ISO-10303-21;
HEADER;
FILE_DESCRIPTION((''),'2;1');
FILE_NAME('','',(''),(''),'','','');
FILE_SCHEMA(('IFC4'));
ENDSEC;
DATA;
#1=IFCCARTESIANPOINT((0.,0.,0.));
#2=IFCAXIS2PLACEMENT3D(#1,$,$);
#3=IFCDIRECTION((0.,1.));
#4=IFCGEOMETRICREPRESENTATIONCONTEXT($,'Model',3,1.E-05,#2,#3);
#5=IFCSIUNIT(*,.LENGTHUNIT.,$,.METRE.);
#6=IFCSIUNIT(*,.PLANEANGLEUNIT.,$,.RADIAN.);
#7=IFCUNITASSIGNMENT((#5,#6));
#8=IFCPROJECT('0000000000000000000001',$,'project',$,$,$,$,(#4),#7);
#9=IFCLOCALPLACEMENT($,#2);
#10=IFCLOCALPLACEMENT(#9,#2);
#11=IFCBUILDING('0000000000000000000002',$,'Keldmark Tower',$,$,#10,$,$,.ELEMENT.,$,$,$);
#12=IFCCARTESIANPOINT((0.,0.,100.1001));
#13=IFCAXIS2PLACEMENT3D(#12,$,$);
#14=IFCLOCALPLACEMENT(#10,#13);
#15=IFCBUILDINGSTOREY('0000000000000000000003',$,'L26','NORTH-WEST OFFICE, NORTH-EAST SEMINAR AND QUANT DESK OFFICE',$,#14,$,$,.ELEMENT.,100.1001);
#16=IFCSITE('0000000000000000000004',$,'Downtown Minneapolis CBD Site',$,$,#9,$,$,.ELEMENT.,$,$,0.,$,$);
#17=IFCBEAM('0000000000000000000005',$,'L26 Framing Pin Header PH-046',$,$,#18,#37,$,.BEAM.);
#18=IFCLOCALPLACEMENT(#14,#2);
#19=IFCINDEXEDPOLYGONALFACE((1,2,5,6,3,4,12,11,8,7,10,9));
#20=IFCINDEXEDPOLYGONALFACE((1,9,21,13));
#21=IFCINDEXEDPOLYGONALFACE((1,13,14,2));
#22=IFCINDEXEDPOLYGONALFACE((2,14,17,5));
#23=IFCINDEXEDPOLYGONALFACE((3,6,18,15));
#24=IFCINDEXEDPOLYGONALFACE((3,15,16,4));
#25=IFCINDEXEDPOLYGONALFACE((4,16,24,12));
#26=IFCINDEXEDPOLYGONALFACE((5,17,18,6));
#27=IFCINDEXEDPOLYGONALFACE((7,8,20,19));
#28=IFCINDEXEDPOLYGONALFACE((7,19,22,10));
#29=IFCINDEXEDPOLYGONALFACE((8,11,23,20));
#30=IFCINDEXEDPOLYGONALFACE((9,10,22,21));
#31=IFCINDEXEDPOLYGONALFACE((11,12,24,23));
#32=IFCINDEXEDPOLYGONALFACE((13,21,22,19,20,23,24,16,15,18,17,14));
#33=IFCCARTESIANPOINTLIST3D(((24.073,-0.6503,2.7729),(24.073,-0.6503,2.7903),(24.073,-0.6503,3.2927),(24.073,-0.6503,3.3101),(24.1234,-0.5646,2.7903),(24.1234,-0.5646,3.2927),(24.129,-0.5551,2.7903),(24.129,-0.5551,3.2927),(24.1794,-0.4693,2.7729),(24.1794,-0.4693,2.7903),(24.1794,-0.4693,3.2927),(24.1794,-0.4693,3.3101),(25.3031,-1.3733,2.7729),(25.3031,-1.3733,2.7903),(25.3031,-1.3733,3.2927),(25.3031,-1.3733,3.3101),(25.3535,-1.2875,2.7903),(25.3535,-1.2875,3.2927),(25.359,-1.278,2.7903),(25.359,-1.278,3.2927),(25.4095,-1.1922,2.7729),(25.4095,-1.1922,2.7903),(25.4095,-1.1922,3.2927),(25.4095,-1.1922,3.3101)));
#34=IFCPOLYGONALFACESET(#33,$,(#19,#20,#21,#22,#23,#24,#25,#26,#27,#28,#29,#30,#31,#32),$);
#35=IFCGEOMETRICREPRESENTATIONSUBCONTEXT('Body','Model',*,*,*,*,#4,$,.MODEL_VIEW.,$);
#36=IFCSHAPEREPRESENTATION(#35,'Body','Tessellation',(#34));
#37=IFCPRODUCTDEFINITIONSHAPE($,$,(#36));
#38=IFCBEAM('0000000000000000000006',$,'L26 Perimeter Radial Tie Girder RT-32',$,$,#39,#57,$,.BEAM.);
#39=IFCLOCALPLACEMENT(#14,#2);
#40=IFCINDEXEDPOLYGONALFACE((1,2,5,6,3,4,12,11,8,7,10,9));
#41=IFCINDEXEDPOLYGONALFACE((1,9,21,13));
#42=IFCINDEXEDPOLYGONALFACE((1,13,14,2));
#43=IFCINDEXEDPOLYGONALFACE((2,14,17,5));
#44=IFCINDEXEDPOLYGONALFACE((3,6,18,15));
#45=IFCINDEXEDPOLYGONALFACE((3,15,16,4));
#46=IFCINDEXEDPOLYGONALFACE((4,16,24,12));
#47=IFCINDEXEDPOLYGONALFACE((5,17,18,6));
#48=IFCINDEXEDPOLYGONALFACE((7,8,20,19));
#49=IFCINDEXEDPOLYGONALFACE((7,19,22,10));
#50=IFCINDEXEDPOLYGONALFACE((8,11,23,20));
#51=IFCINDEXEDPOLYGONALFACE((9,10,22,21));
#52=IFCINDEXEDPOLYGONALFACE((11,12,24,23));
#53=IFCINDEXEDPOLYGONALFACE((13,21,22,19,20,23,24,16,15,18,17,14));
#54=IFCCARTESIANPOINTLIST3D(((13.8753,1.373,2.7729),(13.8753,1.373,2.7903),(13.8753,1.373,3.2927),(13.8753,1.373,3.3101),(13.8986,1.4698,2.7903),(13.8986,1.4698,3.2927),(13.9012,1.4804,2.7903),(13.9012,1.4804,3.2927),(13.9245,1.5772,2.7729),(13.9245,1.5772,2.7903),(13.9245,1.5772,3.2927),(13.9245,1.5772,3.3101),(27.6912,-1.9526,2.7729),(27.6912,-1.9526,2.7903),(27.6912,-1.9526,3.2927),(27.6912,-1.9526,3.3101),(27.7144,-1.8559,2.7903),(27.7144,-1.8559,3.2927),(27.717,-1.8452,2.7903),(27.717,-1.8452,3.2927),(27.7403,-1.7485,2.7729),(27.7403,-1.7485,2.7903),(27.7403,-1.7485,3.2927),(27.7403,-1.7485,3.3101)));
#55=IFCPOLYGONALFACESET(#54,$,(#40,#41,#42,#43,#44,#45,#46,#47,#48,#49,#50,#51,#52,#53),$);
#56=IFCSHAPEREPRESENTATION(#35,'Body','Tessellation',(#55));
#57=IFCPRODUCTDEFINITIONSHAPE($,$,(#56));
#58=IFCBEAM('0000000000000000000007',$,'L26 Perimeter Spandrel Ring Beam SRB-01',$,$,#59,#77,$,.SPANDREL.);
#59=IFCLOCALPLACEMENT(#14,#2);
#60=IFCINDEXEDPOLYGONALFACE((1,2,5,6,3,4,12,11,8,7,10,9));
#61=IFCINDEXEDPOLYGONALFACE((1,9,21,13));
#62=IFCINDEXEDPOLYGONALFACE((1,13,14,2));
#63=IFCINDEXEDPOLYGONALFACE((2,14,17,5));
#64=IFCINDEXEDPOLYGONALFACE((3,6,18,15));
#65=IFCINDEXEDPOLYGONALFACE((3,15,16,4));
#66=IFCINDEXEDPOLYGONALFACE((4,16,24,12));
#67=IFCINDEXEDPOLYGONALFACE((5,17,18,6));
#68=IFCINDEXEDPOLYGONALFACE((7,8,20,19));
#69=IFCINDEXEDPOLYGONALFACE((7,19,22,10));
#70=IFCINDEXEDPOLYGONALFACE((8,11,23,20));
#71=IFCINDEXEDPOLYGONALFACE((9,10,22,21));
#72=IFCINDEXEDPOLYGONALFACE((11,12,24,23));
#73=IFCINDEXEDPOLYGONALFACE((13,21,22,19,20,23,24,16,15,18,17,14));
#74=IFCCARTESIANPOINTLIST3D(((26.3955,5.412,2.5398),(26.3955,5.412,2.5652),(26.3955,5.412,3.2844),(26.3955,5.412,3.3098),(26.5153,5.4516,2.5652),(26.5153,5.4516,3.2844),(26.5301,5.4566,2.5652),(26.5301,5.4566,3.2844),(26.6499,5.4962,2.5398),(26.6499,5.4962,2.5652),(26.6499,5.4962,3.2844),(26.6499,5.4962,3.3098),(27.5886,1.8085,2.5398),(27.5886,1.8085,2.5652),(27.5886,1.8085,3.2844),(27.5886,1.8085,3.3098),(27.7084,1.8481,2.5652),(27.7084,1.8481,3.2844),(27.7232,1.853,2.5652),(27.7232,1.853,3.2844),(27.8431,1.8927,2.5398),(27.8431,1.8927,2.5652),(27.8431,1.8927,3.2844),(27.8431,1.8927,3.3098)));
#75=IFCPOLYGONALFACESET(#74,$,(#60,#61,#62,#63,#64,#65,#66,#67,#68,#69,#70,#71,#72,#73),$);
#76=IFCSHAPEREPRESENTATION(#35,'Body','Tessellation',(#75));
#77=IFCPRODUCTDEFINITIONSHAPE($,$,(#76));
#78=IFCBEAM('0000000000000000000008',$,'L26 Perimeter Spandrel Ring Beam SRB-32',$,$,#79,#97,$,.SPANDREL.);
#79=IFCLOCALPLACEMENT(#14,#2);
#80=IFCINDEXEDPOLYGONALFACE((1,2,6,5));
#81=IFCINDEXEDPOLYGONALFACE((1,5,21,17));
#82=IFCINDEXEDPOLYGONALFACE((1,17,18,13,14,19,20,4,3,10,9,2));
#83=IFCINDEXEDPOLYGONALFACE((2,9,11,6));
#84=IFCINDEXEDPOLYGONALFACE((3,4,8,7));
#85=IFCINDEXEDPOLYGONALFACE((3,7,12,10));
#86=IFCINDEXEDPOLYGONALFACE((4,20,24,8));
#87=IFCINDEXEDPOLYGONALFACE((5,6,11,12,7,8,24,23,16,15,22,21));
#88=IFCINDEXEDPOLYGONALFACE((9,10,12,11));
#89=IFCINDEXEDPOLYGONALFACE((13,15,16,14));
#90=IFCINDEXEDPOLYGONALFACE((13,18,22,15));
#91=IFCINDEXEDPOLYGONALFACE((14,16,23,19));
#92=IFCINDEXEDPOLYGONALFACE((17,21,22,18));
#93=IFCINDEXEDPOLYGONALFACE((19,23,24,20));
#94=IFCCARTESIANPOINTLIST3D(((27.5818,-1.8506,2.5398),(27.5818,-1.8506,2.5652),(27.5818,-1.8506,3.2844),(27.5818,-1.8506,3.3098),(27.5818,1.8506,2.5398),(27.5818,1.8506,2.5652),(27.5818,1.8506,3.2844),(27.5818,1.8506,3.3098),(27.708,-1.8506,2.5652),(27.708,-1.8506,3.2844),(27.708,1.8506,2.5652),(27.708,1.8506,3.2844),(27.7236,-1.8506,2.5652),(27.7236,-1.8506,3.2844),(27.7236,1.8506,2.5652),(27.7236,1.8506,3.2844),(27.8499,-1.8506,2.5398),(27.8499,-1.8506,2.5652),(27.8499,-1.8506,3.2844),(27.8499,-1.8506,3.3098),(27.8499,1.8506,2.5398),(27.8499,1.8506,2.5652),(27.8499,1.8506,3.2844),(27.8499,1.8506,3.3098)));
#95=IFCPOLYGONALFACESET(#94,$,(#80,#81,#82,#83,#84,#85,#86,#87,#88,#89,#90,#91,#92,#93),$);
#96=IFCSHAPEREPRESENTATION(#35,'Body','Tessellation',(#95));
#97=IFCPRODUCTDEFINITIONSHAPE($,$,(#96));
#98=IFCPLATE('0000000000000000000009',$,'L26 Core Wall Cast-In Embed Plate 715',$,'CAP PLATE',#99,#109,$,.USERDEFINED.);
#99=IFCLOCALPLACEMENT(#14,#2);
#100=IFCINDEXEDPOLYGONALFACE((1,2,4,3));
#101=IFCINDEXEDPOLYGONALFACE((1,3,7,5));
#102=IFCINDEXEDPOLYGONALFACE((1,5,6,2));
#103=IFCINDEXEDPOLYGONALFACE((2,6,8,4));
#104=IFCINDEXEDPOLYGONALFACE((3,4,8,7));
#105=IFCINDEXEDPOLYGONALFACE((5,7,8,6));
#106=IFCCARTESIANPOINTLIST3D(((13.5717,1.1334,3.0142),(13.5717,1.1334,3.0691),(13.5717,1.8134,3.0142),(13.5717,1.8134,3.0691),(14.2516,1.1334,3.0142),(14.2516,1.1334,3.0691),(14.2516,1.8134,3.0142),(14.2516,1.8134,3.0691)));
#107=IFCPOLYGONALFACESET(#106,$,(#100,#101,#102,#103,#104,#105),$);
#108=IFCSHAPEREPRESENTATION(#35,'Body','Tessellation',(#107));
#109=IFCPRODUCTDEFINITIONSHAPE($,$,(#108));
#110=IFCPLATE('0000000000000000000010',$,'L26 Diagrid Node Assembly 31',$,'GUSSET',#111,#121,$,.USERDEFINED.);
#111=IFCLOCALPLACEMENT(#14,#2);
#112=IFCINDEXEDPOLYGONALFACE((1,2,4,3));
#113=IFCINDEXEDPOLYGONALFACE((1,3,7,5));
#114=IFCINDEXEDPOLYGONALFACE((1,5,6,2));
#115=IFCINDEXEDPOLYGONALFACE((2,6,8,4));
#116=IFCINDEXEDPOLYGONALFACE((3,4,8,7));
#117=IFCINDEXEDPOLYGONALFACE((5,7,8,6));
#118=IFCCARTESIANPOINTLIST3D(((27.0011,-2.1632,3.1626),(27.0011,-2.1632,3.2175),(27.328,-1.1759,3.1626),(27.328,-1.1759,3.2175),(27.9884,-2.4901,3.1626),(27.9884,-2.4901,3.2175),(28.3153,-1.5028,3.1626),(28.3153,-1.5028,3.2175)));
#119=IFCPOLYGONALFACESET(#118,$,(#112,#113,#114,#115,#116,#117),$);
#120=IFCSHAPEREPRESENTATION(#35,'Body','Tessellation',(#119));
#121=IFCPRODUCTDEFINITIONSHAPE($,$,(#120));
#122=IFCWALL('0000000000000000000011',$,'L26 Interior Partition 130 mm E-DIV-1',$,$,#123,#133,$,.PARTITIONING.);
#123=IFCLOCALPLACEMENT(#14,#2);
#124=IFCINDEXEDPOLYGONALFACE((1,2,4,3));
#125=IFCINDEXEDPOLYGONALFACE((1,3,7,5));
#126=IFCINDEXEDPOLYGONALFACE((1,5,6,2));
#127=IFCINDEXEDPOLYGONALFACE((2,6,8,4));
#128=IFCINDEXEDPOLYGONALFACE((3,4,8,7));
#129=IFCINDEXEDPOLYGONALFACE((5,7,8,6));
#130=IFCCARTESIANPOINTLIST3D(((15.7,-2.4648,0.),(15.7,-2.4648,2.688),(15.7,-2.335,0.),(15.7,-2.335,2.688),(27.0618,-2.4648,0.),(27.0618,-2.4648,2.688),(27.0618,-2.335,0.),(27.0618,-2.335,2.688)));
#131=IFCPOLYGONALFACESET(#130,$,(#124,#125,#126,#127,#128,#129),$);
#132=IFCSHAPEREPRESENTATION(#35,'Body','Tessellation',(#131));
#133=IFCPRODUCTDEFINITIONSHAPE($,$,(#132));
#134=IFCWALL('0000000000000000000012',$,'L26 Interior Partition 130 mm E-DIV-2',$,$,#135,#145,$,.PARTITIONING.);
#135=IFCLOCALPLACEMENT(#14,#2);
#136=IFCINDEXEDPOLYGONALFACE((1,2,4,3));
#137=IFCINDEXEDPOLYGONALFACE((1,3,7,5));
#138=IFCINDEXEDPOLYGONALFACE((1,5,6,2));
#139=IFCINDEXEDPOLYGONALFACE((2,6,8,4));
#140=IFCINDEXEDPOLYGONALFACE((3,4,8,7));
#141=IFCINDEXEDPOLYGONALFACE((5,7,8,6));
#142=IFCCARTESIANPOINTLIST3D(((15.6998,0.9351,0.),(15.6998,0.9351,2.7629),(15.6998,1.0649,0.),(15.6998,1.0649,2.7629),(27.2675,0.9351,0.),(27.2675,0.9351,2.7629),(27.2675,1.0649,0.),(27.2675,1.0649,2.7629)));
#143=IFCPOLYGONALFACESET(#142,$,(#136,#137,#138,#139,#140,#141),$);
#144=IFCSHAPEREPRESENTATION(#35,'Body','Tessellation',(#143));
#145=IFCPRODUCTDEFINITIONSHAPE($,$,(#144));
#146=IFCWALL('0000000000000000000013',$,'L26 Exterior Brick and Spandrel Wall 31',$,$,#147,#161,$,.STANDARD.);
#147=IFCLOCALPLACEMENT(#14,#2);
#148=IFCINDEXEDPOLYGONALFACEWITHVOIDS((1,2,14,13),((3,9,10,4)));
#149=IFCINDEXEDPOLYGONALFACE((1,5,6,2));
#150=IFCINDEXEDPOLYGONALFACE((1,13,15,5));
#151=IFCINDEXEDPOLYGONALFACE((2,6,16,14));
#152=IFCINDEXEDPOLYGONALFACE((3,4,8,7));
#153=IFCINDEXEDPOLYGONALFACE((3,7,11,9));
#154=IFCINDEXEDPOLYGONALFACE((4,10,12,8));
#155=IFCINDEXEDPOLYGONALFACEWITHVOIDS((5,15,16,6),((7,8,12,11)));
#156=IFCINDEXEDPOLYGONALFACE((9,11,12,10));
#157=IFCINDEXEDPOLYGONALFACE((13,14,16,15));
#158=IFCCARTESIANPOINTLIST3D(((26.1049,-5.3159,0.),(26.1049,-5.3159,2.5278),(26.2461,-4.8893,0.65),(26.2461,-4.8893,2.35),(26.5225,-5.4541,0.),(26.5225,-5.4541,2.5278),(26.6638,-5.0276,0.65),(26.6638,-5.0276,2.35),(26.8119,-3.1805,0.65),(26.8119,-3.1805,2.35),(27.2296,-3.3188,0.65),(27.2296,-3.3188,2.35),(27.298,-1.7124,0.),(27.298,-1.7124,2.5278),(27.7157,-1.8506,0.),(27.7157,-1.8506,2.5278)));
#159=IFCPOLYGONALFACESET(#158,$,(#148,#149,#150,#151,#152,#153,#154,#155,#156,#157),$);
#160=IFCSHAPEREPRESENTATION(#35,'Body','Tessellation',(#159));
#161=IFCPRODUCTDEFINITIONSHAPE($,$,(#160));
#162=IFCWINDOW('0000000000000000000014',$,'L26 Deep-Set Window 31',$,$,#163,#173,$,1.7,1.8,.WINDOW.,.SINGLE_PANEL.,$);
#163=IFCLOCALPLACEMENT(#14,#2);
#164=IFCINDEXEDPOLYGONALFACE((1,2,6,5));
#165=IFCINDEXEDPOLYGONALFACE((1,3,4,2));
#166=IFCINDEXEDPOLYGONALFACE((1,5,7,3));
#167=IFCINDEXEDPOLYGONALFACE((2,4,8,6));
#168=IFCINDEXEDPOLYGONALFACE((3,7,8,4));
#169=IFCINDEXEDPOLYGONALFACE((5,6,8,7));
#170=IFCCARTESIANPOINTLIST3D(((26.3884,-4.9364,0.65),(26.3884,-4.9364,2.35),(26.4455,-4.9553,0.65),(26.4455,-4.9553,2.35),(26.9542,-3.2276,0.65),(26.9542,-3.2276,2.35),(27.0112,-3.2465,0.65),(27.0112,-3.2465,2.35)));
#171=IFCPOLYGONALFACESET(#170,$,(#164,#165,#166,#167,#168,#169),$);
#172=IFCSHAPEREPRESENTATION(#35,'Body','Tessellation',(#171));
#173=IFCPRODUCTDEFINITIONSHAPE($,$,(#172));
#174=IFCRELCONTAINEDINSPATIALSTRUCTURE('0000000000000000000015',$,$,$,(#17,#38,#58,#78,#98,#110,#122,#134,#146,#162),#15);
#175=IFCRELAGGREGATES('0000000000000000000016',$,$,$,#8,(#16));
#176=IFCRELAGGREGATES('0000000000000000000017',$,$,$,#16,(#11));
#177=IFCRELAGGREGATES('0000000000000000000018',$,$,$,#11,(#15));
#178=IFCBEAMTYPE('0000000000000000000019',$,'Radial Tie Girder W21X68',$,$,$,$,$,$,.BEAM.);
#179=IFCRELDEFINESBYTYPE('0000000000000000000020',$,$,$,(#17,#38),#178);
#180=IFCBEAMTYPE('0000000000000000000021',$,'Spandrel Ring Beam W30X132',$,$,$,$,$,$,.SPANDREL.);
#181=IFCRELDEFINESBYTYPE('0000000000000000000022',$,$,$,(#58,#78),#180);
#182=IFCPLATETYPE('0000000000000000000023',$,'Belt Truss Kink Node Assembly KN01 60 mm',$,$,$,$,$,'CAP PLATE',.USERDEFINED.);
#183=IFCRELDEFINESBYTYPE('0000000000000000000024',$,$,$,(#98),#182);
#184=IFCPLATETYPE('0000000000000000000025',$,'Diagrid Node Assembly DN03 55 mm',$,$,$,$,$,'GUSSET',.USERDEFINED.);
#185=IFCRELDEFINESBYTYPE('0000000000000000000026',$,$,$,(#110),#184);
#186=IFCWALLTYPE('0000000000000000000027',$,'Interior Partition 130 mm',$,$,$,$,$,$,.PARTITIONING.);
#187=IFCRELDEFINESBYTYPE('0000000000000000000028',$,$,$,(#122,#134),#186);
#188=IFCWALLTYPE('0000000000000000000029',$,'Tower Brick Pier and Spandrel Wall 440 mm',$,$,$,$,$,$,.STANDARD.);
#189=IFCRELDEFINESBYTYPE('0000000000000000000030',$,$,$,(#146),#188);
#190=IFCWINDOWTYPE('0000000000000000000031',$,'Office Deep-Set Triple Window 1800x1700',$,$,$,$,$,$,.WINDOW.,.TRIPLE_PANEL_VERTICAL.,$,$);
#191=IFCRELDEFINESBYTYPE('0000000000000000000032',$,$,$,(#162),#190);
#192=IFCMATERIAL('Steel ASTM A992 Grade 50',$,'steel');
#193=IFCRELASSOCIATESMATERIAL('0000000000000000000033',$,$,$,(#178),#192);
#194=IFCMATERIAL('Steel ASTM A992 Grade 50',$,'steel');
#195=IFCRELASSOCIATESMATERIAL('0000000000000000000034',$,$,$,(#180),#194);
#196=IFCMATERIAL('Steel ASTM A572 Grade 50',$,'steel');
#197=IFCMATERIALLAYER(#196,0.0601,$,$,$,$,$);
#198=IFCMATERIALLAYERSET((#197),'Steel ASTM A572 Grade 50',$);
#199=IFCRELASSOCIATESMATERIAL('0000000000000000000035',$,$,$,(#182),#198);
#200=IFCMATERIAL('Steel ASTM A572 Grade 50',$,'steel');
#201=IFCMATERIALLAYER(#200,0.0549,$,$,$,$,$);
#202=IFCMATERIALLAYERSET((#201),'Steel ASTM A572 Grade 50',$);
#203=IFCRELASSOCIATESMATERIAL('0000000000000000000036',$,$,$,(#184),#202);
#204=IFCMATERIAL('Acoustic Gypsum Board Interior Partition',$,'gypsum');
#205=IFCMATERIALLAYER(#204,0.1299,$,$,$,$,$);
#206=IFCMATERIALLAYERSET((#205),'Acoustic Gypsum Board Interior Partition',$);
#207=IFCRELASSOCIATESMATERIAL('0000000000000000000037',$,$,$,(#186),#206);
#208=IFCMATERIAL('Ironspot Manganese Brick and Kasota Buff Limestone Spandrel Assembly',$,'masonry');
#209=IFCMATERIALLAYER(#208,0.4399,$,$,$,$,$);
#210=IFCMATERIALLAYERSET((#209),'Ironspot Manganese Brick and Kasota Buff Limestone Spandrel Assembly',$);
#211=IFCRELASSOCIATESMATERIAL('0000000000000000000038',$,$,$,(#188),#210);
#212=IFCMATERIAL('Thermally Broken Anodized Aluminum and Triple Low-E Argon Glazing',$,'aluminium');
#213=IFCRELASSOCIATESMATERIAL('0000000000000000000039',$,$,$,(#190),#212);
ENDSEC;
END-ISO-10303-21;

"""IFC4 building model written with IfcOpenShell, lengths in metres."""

from ifc_helpers import new_model, si_unit, direction, frame, frame_2d, origin, origin_2d, place, context, subcontext, project, spatial, rectangle, i_section, extrude, material, layer, layer_set, material_profile, profile_set, type_object, element, fill, save


model = new_model("IFC4")

# Units and contexts
model_context = context("Model", 3, precision=1e-05, world=origin(), true_north=direction((0.0, 1.0)))
body_context = subcontext(model_context, "Body", "Model", "MODEL_VIEW")
ifc_project = project(units=[si_unit("LENGTHUNIT", "METRE"), si_unit("PLANEANGLEUNIT", "RADIAN")], contexts=[model_context])

# Site, building, storey
site_placement = place(None, origin())
site = spatial("IfcSite", under=ifc_project, at=site_placement, Name="Downtown Minneapolis CBD Site", CompositionType="ELEMENT", RefElevation=0.0)
building_placement = place(site_placement, origin())
building = spatial("IfcBuilding", under=site, at=building_placement, Name="Keldmark Tower", CompositionType="ELEMENT")
storey_placement = place(building_placement, frame((0.0, 0.0, 100.1001)))
storey = spatial("IfcBuildingStorey", under=building, at=storey_placement, Name="L26", Description="NORTH-WEST OFFICE, NORTH-EAST SEMINAR AND QUANT DESK OFFICE", CompositionType="ELEMENT", Elevation=100.1001)

# Beams
ifc_material_1 = material(Name="Steel ASTM A992 Grade 50", Category="steel")
ifc_material_profile_1 = material_profile(ifc_material_1, i_section(OverallWidth=0.21, OverallDepth=0.5371, WebThickness=0.011, FlangeThickness=0.0173, at=origin_2d()), Name="W21X68")
ifc_profile_set_1 = profile_set([ifc_material_profile_1], Name="Steel ASTM A992 Grade 50")
beam_type_1 = type_object("IfcBeamType", Name="Radial Tie Girder W21X68", PredefinedType="BEAM", material=ifc_profile_set_1)
beam_1_placement = place(storey_placement, frame((24.1262, -0.5598, 3.0415), z_axis=(0.862123, -0.506699, 0.0), x_axis=(0.506699, 0.862123, 0.0)))
element("IfcBeam", 1, at=beam_1_placement, inside=storey, type_object=beam_type_1, Name="L26 Framing Pin Header PH-046", PredefinedType="BEAM", context=body_context, shape_type="SweptSolid", body=[
    extrude(i_section(OverallWidth=0.21, OverallDepth=0.5371, WebThickness=0.011, FlangeThickness=0.0173, at=origin_2d()), origin(), (0.0, 0.0, 1.0), 1.4268),
])
beam_2_placement = place(storey_placement, frame((13.8999, 1.4751, 3.0415), z_axis=(0.97223, -0.234029, 0.0), x_axis=(0.234029, 0.97223, 0.0)))
element("IfcBeam", 2, at=beam_2_placement, inside=storey, type_object=beam_type_1, Name="L26 Perimeter Radial Tie Girder RT-32", PredefinedType="BEAM", context=body_context, shape_type="SweptSolid", body=[
    extrude(i_section(OverallWidth=0.21, OverallDepth=0.5371, WebThickness=0.011, FlangeThickness=0.0173, at=origin_2d()), origin(), (0.0, 0.0, 1.0), 14.2104),
])
ifc_material_2 = material(Name="Steel ASTM A992 Grade 50", Category="steel")
ifc_material_profile_2 = material_profile(ifc_material_2, i_section(OverallWidth=0.2681, OverallDepth=0.77, WebThickness=0.0156, FlangeThickness=0.0254, at=origin_2d()), Name="W30X132")
ifc_profile_set_2 = profile_set([ifc_material_profile_2], Name="Steel ASTM A992 Grade 50")
beam_type_2 = type_object("IfcBeamType", Name="Spandrel Ring Beam W30X132", PredefinedType="SPANDREL", material=ifc_profile_set_2)
beam_3_placement = place(storey_placement, frame((27.7158, 1.8506, 2.9248), z_axis=(-0.314317, 0.949318, 0.0), x_axis=(-0.949318, -0.314317, 0.0)))
element("IfcBeam", 3, at=beam_3_placement, inside=storey, type_object=beam_type_2, Name="L26 Perimeter Spandrel Ring Beam SRB-01", PredefinedType="SPANDREL", context=body_context, shape_type="SweptSolid", body=[
    extrude(i_section(OverallWidth=0.2681, OverallDepth=0.77, WebThickness=0.0156, FlangeThickness=0.0254, at=origin_2d()), origin(), (0.0, 0.0, 1.0), 3.7959),
])
beam_4_placement = place(storey_placement, frame((27.7158, -1.8506, 2.9248), z_axis=(0.0, 1.0, 0.0), x_axis=(-1.0, 0.0, 0.0)))
element("IfcBeam", 4, at=beam_4_placement, inside=storey, type_object=beam_type_2, Name="L26 Perimeter Spandrel Ring Beam SRB-32", PredefinedType="SPANDREL", context=body_context, shape_type="SweptSolid", body=[
    extrude(i_section(OverallWidth=0.2681, OverallDepth=0.77, WebThickness=0.0156, FlangeThickness=0.0254, at=origin_2d()), origin(), (0.0, 0.0, 1.0), 3.7012),
])

# Plates
ifc_material_3 = material(Name="Steel ASTM A572 Grade 50", Category="steel")
ifc_layer_1 = layer(ifc_material_3, 0.0601)
ifc_layer_set_1 = layer_set([ifc_layer_1], Name="Steel ASTM A572 Grade 50")
plate_type_1 = type_object("IfcPlateType", Name="Belt Truss Kink Node Assembly KN01 60 mm", ElementType="CAP PLATE", PredefinedType="USERDEFINED", material=ifc_layer_set_1)
plate_1_placement = place(storey_placement, frame((13.9116, 1.4734, 3.0142), z_axis=(0.0, 0.0, 1.0), x_axis=(1.0, 0.0, 0.0)))
element("IfcPlate", 5, at=plate_1_placement, inside=storey, type_object=plate_type_1, Name="L26 Core Wall Cast-In Embed Plate 715", ObjectType="CAP PLATE", PredefinedType="USERDEFINED", context=body_context, shape_type="SweptSolid", body=[
    extrude(rectangle(XDim=0.6799, YDim=0.6799, at=origin_2d()), origin(), (0.0, 0.0, 1.0), 0.0549),
])
ifc_material_4 = material(Name="Steel ASTM A572 Grade 50", Category="steel")
ifc_layer_2 = layer(ifc_material_4, 0.0549)
ifc_layer_set_2 = layer_set([ifc_layer_2], Name="Steel ASTM A572 Grade 50")
plate_type_2 = type_object("IfcPlateType", Name="Diagrid Node Assembly DN03 55 mm", ElementType="GUSSET", PredefinedType="USERDEFINED", material=ifc_layer_set_2)
plate_2_placement = place(storey_placement, frame((27.6582, -1.833, 3.1626), z_axis=(0.0, 0.0, 1.0), x_axis=(0.314324, 0.949316, 0.0)))
element("IfcPlate", 6, at=plate_2_placement, inside=storey, type_object=plate_type_2, Name="L26 Diagrid Node Assembly 31", ObjectType="GUSSET", PredefinedType="USERDEFINED", context=body_context, shape_type="SweptSolid", body=[
    extrude(rectangle(XDim=1.04, YDim=1.04, at=origin_2d()), origin(), (0.0, 0.0, 1.0), 0.0549),
])

# Walls
ifc_material_5 = material(Name="Acoustic Gypsum Board Interior Partition", Category="gypsum")
ifc_layer_3 = layer(ifc_material_5, 0.1299)
ifc_layer_set_3 = layer_set([ifc_layer_3], Name="Acoustic Gypsum Board Interior Partition")
wall_type_1 = type_object("IfcWallType", Name="Interior Partition 130 mm", PredefinedType="PARTITIONING", material=ifc_layer_set_3)
wall_1_placement = place(storey_placement, frame((15.7, -2.3999, 0.0), z_axis=(0.0, 0.0, 1.0), x_axis=(1.0, 0.0, 0.0)))
element("IfcWall", 7, at=wall_1_placement, inside=storey, type_object=wall_type_1, Name="L26 Interior Partition 130 mm E-DIV-1", PredefinedType="PARTITIONING", context=body_context, shape_type="SweptSolid", body=[
    extrude(rectangle(XDim=11.3618, YDim=0.1299, at=frame_2d((5.6809, 0.0))), origin(), (0.0, 0.0, 1.0), 2.688),
])
wall_2_placement = place(storey_placement, frame((15.7, 1.0, 0.0), z_axis=(0.0, 0.0, 1.0), x_axis=(1.0, 0.0, 0.0)))
element("IfcWall", 8, at=wall_2_placement, inside=storey, type_object=wall_type_1, Name="L26 Interior Partition 130 mm E-DIV-2", PredefinedType="PARTITIONING", context=body_context, shape_type="SweptSolid", body=[
    extrude(rectangle(XDim=11.5676, YDim=0.1299, at=frame_2d((5.7837, 0.0))), origin(), (0.0, 0.0, 1.0), 2.7629),
])

# Wall, opening, window
ifc_material_6 = material(Name="Ironspot Manganese Brick and Kasota Buff Limestone Spandrel Assembly", Category="masonry")
ifc_layer_4 = layer(ifc_material_6, 0.4399)
ifc_layer_set_4 = layer_set([ifc_layer_4], Name="Ironspot Manganese Brick and Kasota Buff Limestone Spandrel Assembly")
wall_type_2 = type_object("IfcWallType", Name="Tower Brick Pier and Spandrel Wall 440 mm", PredefinedType="STANDARD", material=ifc_layer_set_4)
wall_3_placement = place(storey_placement, frame((27.5068, -1.7815, 0.0), z_axis=(0.0, 0.0, 1.0), x_axis=(-0.314317, -0.949318, 0.0)))
wall_3 = element("IfcWall", 9, at=wall_3_placement, inside=storey, type_object=wall_type_2, Name="L26 Exterior Brick and Spandrel Wall 31", PredefinedType="STANDARD", context=body_context, shape_type="SweptSolid", body=[
    extrude(rectangle(XDim=3.7959, YDim=0.4399, at=frame_2d((1.8979, 0.0))), origin(), (0.0, 0.0, 1.0), 2.5278),
])
opening_1_placement = place(wall_3_placement, frame((1.5466, 0.0, 0.6499)))
opening_1 = element("IfcOpeningElement", 10, at=opening_1_placement, cuts=wall_3, PredefinedType="OPENING", context=body_context, shape_type="SweptSolid", body=[
    extrude(rectangle(XDim=1.8, YDim=1.7, at=frame_2d((0.8999, 0.8501))), frame((0.0, 0.23, 0.0), z_axis=(0.0, -1.0, 0.0), x_axis=(1.0, 0.0, 0.0)), (0.0, 0.0, 1.0), 0.46),
])
ifc_material_7 = material(Name="Thermally Broken Anodized Aluminum and Triple Low-E Argon Glazing", Category="aluminium")
window_type_1 = type_object("IfcWindowType", Name="Office Deep-Set Triple Window 1800x1700", PartitioningType="TRIPLE_PANEL_VERTICAL", PredefinedType="WINDOW", material=ifc_material_7)
window_1_placement = place(opening_1_placement, origin())
window_1 = element("IfcWindow", 11, at=window_1_placement, inside=storey, type_object=window_type_1, Name="L26 Deep-Set Window 31", OverallHeight=1.7, OverallWidth=1.8, PartitioningType="SINGLE_PANEL", PredefinedType="WINDOW", context=body_context, shape_type="SweptSolid", body=[
    extrude(rectangle(XDim=1.8, YDim=1.7, at=frame_2d((0.8999, 0.8501))), frame((0.0, -0.01, 0.0), z_axis=(0.0, -1.0, 0.0), x_axis=(1.0, 0.0, 0.0)), (0.0, 0.0, 1.0), 0.0601),
])
fill(opening_1, window_1)

save(model, "model.ifc")
